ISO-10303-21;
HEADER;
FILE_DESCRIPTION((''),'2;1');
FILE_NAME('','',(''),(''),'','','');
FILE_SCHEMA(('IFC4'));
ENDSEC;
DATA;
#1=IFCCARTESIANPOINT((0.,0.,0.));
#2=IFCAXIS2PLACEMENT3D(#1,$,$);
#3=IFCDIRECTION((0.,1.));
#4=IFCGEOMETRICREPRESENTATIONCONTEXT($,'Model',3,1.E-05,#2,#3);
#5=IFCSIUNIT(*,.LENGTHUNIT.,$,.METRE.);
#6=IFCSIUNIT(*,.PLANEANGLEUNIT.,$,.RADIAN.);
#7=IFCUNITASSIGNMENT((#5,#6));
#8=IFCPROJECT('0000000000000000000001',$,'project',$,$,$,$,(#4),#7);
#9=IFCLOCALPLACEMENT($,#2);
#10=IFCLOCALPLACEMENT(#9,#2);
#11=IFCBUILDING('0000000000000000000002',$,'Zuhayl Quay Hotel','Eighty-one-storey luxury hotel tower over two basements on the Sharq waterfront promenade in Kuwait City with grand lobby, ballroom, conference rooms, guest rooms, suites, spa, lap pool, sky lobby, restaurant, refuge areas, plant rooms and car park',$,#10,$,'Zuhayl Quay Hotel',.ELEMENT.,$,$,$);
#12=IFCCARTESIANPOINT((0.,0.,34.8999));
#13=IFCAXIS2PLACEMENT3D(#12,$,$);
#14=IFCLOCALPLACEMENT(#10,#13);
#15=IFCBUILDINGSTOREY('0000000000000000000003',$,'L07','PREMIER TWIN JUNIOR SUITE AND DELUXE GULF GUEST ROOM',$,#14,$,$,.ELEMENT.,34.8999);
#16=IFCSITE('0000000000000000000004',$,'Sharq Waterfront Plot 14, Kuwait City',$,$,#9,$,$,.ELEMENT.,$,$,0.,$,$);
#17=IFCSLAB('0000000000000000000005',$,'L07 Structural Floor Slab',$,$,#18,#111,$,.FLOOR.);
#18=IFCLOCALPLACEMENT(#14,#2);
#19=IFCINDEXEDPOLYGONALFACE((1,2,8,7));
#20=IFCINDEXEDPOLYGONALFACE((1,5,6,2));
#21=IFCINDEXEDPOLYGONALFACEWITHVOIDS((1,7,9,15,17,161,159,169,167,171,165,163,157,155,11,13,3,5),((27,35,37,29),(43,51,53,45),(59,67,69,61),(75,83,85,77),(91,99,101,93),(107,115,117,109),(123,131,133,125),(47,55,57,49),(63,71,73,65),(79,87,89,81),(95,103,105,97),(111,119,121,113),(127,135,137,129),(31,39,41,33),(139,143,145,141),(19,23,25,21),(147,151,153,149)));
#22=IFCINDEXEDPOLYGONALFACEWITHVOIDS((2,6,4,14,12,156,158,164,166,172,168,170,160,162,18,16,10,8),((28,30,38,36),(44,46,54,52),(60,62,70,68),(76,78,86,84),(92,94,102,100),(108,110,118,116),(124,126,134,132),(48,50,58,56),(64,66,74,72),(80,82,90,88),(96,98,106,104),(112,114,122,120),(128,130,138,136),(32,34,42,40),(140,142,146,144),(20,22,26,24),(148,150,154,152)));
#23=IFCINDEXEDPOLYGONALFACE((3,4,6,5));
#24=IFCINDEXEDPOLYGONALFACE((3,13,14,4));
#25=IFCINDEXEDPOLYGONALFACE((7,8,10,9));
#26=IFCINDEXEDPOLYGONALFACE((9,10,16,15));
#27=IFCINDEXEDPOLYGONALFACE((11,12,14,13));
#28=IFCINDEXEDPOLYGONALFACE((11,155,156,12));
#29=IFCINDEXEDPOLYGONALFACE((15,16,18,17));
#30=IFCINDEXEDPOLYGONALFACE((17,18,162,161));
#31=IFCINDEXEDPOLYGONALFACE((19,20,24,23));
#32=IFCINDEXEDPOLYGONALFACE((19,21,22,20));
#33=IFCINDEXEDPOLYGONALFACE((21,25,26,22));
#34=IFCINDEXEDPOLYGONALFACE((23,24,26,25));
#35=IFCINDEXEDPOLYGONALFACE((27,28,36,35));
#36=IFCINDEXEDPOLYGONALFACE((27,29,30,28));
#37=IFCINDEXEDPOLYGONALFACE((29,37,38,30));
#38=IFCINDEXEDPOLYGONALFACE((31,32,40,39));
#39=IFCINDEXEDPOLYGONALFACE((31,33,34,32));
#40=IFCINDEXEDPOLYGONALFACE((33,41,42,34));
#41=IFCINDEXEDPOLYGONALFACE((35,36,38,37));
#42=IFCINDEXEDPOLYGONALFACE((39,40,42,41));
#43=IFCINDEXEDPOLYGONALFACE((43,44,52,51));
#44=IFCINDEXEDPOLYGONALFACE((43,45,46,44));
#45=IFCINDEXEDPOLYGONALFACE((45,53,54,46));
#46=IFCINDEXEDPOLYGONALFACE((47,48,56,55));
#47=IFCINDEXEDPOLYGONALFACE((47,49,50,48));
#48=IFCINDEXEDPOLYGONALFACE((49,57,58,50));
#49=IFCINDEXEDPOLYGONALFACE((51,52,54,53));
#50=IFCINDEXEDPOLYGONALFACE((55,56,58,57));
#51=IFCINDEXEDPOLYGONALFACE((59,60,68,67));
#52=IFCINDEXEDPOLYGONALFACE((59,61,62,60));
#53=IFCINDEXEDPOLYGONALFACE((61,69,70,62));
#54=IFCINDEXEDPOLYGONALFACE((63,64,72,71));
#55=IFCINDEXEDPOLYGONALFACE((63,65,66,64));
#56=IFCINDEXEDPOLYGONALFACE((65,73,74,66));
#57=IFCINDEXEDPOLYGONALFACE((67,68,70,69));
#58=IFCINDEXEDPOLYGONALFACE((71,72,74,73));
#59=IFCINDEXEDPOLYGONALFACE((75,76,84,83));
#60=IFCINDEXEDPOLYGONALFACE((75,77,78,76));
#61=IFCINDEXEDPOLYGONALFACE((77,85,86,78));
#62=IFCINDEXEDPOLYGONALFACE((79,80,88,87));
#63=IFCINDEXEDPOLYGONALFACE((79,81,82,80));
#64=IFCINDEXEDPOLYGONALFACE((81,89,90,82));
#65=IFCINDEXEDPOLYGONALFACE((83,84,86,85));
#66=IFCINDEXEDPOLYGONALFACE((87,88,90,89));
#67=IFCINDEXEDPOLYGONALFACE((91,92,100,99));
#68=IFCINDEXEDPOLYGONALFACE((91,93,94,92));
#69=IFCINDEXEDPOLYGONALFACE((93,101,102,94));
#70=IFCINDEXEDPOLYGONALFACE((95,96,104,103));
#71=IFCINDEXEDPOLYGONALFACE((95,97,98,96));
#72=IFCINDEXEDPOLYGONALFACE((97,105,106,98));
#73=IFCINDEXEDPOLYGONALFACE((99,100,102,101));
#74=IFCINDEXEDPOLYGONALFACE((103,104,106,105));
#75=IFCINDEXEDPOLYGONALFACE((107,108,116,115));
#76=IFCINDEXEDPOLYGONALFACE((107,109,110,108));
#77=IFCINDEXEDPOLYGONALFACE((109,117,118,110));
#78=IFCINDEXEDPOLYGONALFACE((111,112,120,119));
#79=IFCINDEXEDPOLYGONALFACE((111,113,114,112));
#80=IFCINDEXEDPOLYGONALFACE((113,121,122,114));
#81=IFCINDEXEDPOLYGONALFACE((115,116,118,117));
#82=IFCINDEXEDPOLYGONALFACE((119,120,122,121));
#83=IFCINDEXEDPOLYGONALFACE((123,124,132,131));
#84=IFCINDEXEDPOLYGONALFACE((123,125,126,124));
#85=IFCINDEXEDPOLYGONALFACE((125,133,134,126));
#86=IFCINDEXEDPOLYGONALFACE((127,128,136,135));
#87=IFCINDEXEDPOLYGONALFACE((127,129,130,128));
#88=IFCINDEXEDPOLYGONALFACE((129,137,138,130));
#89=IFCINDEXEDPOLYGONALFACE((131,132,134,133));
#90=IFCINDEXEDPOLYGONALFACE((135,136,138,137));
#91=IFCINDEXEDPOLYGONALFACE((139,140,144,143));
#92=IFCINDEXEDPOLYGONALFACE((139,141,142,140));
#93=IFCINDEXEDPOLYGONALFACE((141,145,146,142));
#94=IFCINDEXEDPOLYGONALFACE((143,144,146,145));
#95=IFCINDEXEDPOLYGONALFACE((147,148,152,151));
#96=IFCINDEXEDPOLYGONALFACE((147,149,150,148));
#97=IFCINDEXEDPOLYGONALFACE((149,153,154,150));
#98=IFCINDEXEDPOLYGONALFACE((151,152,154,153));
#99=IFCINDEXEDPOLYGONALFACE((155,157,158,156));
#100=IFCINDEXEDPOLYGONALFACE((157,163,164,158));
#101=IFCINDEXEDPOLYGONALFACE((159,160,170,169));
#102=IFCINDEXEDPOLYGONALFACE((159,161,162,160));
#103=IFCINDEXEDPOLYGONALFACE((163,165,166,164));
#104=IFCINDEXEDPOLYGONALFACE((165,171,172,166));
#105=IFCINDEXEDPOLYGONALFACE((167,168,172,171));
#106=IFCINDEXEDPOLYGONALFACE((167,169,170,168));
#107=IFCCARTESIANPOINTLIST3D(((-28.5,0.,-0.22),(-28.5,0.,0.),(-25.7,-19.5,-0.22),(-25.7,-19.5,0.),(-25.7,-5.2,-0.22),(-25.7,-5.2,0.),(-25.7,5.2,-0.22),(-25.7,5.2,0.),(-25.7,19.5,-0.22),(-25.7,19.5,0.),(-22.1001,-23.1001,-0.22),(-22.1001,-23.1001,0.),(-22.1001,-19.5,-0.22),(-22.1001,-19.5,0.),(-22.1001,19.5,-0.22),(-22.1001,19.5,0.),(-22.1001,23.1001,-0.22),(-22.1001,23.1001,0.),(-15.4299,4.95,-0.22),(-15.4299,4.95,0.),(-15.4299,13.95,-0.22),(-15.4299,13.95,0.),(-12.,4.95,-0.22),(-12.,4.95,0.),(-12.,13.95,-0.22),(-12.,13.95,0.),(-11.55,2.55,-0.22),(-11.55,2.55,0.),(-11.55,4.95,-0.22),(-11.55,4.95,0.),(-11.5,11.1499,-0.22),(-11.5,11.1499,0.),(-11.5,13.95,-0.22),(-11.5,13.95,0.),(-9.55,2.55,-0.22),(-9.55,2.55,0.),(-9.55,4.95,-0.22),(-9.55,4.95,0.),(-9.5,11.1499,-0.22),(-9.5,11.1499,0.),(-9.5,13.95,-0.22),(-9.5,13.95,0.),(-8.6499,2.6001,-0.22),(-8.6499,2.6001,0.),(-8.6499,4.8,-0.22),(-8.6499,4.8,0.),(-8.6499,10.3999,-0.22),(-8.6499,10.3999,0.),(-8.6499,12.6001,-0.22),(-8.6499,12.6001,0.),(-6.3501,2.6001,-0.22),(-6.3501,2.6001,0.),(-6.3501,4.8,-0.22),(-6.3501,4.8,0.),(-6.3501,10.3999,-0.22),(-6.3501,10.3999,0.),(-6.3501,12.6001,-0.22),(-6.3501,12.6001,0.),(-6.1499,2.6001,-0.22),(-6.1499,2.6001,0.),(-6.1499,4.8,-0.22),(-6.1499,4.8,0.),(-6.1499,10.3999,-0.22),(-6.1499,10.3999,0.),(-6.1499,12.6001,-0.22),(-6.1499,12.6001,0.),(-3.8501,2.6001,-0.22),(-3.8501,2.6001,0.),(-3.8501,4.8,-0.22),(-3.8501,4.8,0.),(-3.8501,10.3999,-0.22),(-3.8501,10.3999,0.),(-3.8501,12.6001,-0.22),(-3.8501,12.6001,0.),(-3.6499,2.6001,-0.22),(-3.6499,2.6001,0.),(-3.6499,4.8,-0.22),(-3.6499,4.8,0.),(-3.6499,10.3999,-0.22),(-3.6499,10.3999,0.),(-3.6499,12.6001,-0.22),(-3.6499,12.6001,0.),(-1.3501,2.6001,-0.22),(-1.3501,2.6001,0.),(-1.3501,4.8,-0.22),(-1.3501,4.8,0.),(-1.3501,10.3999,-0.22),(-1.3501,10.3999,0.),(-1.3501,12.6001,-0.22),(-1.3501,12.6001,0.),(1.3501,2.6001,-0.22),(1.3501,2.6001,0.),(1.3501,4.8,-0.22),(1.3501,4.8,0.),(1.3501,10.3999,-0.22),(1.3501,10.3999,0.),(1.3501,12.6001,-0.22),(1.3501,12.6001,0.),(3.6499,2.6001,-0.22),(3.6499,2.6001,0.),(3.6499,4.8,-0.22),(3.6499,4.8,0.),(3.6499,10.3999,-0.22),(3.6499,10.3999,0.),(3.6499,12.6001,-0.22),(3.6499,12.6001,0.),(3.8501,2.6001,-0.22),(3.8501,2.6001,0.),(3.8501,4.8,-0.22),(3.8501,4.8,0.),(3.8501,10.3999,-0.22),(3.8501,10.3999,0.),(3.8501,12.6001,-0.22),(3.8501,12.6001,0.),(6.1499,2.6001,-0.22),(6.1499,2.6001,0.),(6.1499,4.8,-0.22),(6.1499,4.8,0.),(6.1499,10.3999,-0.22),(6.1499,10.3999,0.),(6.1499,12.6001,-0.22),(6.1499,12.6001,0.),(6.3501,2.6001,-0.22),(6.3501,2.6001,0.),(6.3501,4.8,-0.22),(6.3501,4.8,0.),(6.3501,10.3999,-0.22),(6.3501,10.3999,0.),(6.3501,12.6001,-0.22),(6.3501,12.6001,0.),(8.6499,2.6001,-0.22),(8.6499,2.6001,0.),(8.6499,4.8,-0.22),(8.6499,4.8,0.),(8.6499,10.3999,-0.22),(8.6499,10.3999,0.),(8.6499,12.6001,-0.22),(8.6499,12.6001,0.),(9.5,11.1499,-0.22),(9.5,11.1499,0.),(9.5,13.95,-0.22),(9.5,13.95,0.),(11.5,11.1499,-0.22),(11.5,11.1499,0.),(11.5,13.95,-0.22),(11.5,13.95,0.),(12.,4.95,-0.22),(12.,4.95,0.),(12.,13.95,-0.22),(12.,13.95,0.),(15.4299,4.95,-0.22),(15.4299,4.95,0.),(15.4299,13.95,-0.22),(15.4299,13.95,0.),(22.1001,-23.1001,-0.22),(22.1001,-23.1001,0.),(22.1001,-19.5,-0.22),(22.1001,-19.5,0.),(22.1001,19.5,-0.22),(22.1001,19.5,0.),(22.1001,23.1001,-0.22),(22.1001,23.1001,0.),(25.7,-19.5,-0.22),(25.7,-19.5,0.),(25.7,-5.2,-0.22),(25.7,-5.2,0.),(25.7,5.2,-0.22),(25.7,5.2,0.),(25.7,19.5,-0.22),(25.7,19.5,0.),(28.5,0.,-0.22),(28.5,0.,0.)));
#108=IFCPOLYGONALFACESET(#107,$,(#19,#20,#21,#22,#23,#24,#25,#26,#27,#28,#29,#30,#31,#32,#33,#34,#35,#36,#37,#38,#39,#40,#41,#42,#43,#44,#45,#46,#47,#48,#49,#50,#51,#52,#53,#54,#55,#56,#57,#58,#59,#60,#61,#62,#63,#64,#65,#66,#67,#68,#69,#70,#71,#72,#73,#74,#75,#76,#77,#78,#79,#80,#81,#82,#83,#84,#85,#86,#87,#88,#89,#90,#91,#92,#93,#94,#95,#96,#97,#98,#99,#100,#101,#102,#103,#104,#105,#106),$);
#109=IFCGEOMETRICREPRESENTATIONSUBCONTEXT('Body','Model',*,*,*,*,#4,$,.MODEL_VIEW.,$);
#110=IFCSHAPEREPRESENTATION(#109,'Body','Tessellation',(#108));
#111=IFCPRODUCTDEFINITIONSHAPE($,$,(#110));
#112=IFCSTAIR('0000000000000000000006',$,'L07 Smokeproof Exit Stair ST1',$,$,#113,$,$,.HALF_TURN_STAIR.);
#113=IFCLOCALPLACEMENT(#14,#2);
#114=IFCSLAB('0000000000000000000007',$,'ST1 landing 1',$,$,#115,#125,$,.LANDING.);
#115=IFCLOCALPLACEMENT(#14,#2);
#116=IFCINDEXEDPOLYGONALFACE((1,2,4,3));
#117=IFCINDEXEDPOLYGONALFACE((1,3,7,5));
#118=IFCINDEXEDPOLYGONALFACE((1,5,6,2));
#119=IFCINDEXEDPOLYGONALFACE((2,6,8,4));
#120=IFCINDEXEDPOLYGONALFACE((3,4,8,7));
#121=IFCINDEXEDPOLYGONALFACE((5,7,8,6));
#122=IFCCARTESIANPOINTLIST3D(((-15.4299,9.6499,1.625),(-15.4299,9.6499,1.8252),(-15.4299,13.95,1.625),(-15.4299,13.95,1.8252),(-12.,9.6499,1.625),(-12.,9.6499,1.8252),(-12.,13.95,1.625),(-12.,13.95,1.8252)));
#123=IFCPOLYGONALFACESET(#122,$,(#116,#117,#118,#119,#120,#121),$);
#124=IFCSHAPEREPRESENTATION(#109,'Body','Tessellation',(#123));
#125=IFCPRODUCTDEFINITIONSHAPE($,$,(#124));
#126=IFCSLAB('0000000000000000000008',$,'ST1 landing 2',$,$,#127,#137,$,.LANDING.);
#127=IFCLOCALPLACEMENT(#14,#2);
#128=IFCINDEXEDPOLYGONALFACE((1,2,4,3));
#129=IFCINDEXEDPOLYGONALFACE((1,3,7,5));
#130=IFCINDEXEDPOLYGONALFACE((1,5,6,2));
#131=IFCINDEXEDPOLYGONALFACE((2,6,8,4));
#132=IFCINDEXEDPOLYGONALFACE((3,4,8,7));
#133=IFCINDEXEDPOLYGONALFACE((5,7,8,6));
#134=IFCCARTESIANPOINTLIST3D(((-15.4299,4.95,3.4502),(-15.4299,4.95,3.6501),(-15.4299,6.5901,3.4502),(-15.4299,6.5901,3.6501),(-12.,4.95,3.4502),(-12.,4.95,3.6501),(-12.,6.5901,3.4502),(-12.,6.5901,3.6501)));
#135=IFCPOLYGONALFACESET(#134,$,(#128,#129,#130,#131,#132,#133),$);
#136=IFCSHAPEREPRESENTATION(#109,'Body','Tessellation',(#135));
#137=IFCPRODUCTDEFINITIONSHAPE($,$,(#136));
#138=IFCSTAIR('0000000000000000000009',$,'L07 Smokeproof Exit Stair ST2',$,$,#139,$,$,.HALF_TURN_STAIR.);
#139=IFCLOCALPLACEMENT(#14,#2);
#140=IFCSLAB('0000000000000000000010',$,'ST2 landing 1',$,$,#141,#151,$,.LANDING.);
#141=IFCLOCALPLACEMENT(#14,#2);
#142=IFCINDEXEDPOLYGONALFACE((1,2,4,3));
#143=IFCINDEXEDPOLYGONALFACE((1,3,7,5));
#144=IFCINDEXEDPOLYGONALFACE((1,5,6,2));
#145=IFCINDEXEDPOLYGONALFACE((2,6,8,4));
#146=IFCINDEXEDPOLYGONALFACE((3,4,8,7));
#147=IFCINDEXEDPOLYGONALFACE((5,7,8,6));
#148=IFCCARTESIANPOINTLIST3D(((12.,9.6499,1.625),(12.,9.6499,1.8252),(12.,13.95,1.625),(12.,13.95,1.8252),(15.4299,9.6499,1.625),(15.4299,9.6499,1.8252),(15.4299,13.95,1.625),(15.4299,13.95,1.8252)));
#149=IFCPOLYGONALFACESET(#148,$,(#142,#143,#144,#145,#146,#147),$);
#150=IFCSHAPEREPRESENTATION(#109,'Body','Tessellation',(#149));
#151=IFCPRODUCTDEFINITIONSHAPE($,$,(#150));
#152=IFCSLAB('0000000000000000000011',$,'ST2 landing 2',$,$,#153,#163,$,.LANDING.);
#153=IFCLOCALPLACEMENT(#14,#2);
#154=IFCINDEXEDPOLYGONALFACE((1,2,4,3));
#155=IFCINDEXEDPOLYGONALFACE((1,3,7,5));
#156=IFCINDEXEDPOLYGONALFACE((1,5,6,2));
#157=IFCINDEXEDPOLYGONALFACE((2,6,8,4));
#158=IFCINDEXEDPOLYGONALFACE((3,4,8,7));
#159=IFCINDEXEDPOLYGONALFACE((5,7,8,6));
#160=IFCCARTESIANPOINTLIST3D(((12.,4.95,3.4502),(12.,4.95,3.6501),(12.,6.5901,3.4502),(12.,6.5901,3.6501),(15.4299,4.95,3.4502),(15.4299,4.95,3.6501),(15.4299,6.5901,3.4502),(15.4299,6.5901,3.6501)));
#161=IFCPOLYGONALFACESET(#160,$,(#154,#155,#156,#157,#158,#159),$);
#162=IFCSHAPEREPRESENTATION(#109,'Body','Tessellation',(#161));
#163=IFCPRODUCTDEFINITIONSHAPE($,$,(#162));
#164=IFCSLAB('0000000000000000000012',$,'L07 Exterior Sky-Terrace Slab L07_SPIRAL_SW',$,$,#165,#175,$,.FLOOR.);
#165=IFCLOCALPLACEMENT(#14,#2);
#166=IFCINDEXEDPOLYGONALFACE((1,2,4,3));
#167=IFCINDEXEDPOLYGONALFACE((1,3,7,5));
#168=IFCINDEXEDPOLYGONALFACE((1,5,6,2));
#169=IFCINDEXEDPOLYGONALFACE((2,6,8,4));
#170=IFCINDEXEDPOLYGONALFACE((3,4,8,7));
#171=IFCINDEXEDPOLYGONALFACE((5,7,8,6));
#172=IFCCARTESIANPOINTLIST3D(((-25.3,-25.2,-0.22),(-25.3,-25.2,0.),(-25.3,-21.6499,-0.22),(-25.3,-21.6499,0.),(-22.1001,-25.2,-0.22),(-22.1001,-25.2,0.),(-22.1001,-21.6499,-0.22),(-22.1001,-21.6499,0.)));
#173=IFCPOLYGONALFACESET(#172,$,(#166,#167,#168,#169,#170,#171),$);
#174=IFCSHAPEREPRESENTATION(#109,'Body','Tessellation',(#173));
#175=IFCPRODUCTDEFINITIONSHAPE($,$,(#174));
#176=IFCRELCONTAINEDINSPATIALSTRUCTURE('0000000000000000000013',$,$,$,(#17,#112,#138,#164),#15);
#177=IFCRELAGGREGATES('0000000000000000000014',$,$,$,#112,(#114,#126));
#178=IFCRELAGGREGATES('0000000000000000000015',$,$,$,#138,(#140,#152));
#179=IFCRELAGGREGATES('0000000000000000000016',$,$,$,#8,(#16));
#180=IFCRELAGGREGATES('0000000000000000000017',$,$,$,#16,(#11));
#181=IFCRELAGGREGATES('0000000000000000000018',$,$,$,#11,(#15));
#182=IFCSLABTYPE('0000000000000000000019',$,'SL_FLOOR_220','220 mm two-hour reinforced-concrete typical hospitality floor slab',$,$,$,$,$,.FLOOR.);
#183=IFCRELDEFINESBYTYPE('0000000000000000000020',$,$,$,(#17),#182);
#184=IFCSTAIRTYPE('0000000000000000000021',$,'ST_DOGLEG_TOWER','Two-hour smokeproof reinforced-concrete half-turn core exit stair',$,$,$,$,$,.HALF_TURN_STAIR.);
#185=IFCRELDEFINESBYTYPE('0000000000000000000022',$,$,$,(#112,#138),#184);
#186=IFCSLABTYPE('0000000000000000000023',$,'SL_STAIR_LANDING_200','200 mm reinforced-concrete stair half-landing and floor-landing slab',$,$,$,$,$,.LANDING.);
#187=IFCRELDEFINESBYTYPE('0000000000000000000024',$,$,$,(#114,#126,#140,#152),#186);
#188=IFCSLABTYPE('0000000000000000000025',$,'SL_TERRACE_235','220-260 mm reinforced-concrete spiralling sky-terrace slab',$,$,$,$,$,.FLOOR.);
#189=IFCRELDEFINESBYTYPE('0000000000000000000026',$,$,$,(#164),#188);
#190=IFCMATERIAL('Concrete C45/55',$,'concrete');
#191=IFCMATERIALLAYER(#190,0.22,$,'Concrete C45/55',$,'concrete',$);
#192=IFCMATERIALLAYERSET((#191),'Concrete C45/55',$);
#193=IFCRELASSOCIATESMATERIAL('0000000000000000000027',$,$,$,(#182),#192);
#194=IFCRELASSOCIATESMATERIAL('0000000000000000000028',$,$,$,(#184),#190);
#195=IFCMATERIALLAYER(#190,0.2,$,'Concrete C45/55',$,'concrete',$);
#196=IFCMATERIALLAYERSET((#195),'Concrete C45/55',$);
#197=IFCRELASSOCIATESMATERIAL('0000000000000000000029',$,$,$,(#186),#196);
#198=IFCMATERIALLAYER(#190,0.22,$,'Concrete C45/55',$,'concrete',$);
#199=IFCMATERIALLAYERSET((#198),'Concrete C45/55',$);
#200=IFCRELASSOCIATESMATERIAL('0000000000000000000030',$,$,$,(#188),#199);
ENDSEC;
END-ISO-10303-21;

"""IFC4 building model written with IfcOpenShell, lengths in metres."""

from ifc_helpers import new_model, si_unit, direction, frame, origin, place, context, subcontext, project, spatial, polyline, outline, extrude, material, layer, layer_set, type_object, element, aggregate, save


model = new_model("IFC4")

# Units and contexts
model_context = context("Model", 3, precision=1e-05, world=origin(), true_north=direction((0.0, 1.0)))
body_context = subcontext(model_context, "Body", "Model", "MODEL_VIEW")
ifc_project = project(units=[si_unit("LENGTHUNIT", "METRE"), si_unit("PLANEANGLEUNIT", "RADIAN")], contexts=[model_context])

# Site, building, storey
site_placement = place(None, origin())
site = spatial("IfcSite", under=ifc_project, at=site_placement, Name="Sharq Waterfront Plot 14, Kuwait City", CompositionType="ELEMENT", RefElevation=0.0)
building_placement = place(site_placement, origin())
building = spatial("IfcBuilding", under=site, at=building_placement, Name="Zuhayl Quay Hotel", Description="Eighty-one-storey luxury hotel tower over two basements on the Sharq waterfront promenade in Kuwait City with grand lobby, ballroom, conference rooms, guest rooms, suites, spa, lap pool, sky lobby, restaurant, refuge areas, plant rooms and car park", LongName="Zuhayl Quay Hotel", CompositionType="ELEMENT")
storey_placement = place(building_placement, frame((0.0, 0.0, 34.8999)))
storey = spatial("IfcBuildingStorey", under=building, at=storey_placement, Name="L07", Description="PREMIER TWIN JUNIOR SUITE AND DELUXE GULF GUEST ROOM", CompositionType="ELEMENT", Elevation=34.8999)

# Slab
ifc_material_1 = material(Name="Concrete C45/55", Category="concrete")
ifc_layer_1 = layer(ifc_material_1, 0.22, Name="Concrete C45/55", Category="concrete")
ifc_layer_set_1 = layer_set([ifc_layer_1], Name="Concrete C45/55")
slab_type_1 = type_object("IfcSlabType", Name="SL_FLOOR_220", Description="220 mm two-hour reinforced-concrete typical hospitality floor slab", PredefinedType="FLOOR", material=ifc_layer_set_1)
slab_1_placement = place(storey_placement, frame((0.0, 0.0, -0.22)))
element("IfcSlab", 1, at=slab_1_placement, inside=storey, type_object=slab_type_1, Name="L07 Structural Floor Slab", PredefinedType="FLOOR", context=body_context, shape_type="SweptSolid", body=[
    extrude(outline(polyline([(-22.1001, -23.1001), (22.1001, -23.1001), (22.1001, -19.5), (25.7, -19.5), (25.7, -5.2), (28.5, 0.0), (25.7, 5.2), (25.7, 19.5), (22.1001, 19.5), (22.1001, 23.1001), (-22.1001, 23.1001), (-22.1001, 19.5), (-25.7, 19.5), (-25.7, 5.2), (-28.5, 0.0), (-25.7, -5.2), (-25.7, -19.5), (-22.1001, -19.5), (-22.1001, -23.1001)]), holes=[polyline([(-12.0, 4.95), (-12.0, 13.95), (-15.4299, 13.95), (-15.4299, 4.95), (-12.0, 4.95)]), polyline([(15.4299, 4.95), (15.4299, 13.95), (12.0, 13.95), (12.0, 4.95), (15.4299, 4.95)]), polyline([(-11.5, 11.1499), (-9.5, 11.1499), (-9.5, 13.95), (-11.5, 13.95), (-11.5, 11.1499)]), polyline([(9.5, 11.1499), (11.5, 11.1499), (11.5, 13.95), (9.5, 13.95), (9.5, 11.1499)]), polyline([(-8.6499, 2.6001), (-6.3501, 2.6001), (-6.3501, 4.8), (-8.6499, 4.8), (-8.6499, 2.6001)]), polyline([(-6.1499, 2.6001), (-3.8501, 2.6001), (-3.8501, 4.8), (-6.1499, 4.8), (-6.1499, 2.6001)]), polyline([(-8.6499, 10.3999), (-6.3501, 10.3999), (-6.3501, 12.6001), (-8.6499, 12.6001), (-8.6499, 10.3999)]), polyline([(-6.1499, 10.3999), (-3.8501, 10.3999), (-3.8501, 12.6001), (-6.1499, 12.6001), (-6.1499, 10.3999)]), polyline([(-3.6499, 2.6001), (-1.3501, 2.6001), (-1.3501, 4.8), (-3.6499, 4.8), (-3.6499, 2.6001)]), polyline([(1.3501, 2.6001), (3.6499, 2.6001), (3.6499, 4.8), (1.3501, 4.8), (1.3501, 2.6001)]), polyline([(-3.6499, 10.3999), (-1.3501, 10.3999), (-1.3501, 12.6001), (-3.6499, 12.6001), (-3.6499, 10.3999)]), polyline([(1.3501, 10.3999), (3.6499, 10.3999), (3.6499, 12.6001), (1.3501, 12.6001), (1.3501, 10.3999)]), polyline([(3.8501, 2.6001), (6.1499, 2.6001), (6.1499, 4.8), (3.8501, 4.8), (3.8501, 2.6001)]), polyline([(6.3501, 2.6001), (8.6499, 2.6001), (8.6499, 4.8), (6.3501, 4.8), (6.3501, 2.6001)]), polyline([(3.8501, 10.3999), (6.1499, 10.3999), (6.1499, 12.6001), (3.8501, 12.6001), (3.8501, 10.3999)]), polyline([(6.3501, 10.3999), (8.6499, 10.3999), (8.6499, 12.6001), (6.3501, 12.6001), (6.3501, 10.3999)]), polyline([(-11.55, 2.55), (-9.55, 2.55), (-9.55, 4.95), (-11.55, 4.95), (-11.55, 2.55)])]), origin(), (0.0, 0.0, 1.0), 0.22),
])

# Stairs, slabs
stair_type = type_object("IfcStairType", Name="ST_DOGLEG_TOWER", Description="Two-hour smokeproof reinforced-concrete half-turn core exit stair", PredefinedType="HALF_TURN_STAIR", material=ifc_material_1)
stair_1_placement = place(storey_placement, origin())
stair_1 = element("IfcStair", 2, at=stair_1_placement, inside=storey, type_object=stair_type, Name="L07 Smokeproof Exit Stair ST1", PredefinedType="HALF_TURN_STAIR")
ifc_layer_2 = layer(ifc_material_1, 0.2, Name="Concrete C45/55", Category="concrete")
ifc_layer_set_2 = layer_set([ifc_layer_2], Name="Concrete C45/55")
slab_type_2 = type_object("IfcSlabType", Name="SL_STAIR_LANDING_200", Description="200 mm reinforced-concrete stair half-landing and floor-landing slab", PredefinedType="LANDING", material=ifc_layer_set_2)
slab_2_placement = place(storey_placement, frame((0.0, 0.0, 1.625)))
slab_2 = element("IfcSlab", 3, at=slab_2_placement, type_object=slab_type_2, Name="ST1 landing 1", PredefinedType="LANDING", context=body_context, shape_type="SweptSolid", body=[
    extrude(outline(polyline([(-12.0, 9.6499), (-12.0, 13.95), (-15.4299, 13.95), (-15.4299, 9.6499), (-12.0, 9.6499)])), origin(), (0.0, 0.0, 1.0), 0.2002),
])
slab_3_placement = place(storey_placement, frame((0.0, 0.0, 3.4502)))
slab_3 = element("IfcSlab", 4, at=slab_3_placement, type_object=slab_type_2, Name="ST1 landing 2", PredefinedType="LANDING", context=body_context, shape_type="SweptSolid", body=[
    extrude(outline(polyline([(-12.0, 4.95), (-12.0, 6.5901), (-15.4299, 6.5901), (-15.4299, 4.95), (-12.0, 4.95)])), origin(), (0.0, 0.0, 1.0), 0.2),
])
aggregate(stair_1, [slab_2, slab_3])
stair_2_placement = place(storey_placement, origin())
stair_2 = element("IfcStair", 5, at=stair_2_placement, inside=storey, type_object=stair_type, Name="L07 Smokeproof Exit Stair ST2", PredefinedType="HALF_TURN_STAIR")
slab_4_placement = place(storey_placement, frame((0.0, 0.0, 1.625)))
slab_4 = element("IfcSlab", 6, at=slab_4_placement, type_object=slab_type_2, Name="ST2 landing 1", PredefinedType="LANDING", context=body_context, shape_type="SweptSolid", body=[
    extrude(outline(polyline([(15.4299, 9.6499), (15.4299, 13.95), (12.0, 13.95), (12.0, 9.6499), (15.4299, 9.6499)])), origin(), (0.0, 0.0, 1.0), 0.2002),
])
slab_5_placement = place(storey_placement, frame((0.0, 0.0, 3.4502)))
slab_5 = element("IfcSlab", 7, at=slab_5_placement, type_object=slab_type_2, Name="ST2 landing 2", PredefinedType="LANDING", context=body_context, shape_type="SweptSolid", body=[
    extrude(outline(polyline([(15.4299, 4.95), (15.4299, 6.5901), (12.0, 6.5901), (12.0, 4.95), (15.4299, 4.95)])), origin(), (0.0, 0.0, 1.0), 0.2),
])
aggregate(stair_2, [slab_4, slab_5])

# Slab
ifc_layer_3 = layer(ifc_material_1, 0.22, Name="Concrete C45/55", Category="concrete")
ifc_layer_set_3 = layer_set([ifc_layer_3], Name="Concrete C45/55")
slab_type_3 = type_object("IfcSlabType", Name="SL_TERRACE_235", Description="220-260 mm reinforced-concrete spiralling sky-terrace slab", PredefinedType="FLOOR", material=ifc_layer_set_3)
slab_6_placement = place(storey_placement, frame((0.0, 0.0, -0.22)))
element("IfcSlab", 8, at=slab_6_placement, inside=storey, type_object=slab_type_3, Name="L07 Exterior Sky-Terrace Slab L07_SPIRAL_SW", PredefinedType="FLOOR", context=body_context, shape_type="SweptSolid", body=[
    extrude(outline(polyline([(-25.3, -25.2), (-22.1001, -25.2), (-22.1001, -21.6499), (-25.3, -21.6499), (-25.3, -25.2)])), origin(), (0.0, 0.0, 1.0), 0.22),
])

save(model, "model.ifc")
